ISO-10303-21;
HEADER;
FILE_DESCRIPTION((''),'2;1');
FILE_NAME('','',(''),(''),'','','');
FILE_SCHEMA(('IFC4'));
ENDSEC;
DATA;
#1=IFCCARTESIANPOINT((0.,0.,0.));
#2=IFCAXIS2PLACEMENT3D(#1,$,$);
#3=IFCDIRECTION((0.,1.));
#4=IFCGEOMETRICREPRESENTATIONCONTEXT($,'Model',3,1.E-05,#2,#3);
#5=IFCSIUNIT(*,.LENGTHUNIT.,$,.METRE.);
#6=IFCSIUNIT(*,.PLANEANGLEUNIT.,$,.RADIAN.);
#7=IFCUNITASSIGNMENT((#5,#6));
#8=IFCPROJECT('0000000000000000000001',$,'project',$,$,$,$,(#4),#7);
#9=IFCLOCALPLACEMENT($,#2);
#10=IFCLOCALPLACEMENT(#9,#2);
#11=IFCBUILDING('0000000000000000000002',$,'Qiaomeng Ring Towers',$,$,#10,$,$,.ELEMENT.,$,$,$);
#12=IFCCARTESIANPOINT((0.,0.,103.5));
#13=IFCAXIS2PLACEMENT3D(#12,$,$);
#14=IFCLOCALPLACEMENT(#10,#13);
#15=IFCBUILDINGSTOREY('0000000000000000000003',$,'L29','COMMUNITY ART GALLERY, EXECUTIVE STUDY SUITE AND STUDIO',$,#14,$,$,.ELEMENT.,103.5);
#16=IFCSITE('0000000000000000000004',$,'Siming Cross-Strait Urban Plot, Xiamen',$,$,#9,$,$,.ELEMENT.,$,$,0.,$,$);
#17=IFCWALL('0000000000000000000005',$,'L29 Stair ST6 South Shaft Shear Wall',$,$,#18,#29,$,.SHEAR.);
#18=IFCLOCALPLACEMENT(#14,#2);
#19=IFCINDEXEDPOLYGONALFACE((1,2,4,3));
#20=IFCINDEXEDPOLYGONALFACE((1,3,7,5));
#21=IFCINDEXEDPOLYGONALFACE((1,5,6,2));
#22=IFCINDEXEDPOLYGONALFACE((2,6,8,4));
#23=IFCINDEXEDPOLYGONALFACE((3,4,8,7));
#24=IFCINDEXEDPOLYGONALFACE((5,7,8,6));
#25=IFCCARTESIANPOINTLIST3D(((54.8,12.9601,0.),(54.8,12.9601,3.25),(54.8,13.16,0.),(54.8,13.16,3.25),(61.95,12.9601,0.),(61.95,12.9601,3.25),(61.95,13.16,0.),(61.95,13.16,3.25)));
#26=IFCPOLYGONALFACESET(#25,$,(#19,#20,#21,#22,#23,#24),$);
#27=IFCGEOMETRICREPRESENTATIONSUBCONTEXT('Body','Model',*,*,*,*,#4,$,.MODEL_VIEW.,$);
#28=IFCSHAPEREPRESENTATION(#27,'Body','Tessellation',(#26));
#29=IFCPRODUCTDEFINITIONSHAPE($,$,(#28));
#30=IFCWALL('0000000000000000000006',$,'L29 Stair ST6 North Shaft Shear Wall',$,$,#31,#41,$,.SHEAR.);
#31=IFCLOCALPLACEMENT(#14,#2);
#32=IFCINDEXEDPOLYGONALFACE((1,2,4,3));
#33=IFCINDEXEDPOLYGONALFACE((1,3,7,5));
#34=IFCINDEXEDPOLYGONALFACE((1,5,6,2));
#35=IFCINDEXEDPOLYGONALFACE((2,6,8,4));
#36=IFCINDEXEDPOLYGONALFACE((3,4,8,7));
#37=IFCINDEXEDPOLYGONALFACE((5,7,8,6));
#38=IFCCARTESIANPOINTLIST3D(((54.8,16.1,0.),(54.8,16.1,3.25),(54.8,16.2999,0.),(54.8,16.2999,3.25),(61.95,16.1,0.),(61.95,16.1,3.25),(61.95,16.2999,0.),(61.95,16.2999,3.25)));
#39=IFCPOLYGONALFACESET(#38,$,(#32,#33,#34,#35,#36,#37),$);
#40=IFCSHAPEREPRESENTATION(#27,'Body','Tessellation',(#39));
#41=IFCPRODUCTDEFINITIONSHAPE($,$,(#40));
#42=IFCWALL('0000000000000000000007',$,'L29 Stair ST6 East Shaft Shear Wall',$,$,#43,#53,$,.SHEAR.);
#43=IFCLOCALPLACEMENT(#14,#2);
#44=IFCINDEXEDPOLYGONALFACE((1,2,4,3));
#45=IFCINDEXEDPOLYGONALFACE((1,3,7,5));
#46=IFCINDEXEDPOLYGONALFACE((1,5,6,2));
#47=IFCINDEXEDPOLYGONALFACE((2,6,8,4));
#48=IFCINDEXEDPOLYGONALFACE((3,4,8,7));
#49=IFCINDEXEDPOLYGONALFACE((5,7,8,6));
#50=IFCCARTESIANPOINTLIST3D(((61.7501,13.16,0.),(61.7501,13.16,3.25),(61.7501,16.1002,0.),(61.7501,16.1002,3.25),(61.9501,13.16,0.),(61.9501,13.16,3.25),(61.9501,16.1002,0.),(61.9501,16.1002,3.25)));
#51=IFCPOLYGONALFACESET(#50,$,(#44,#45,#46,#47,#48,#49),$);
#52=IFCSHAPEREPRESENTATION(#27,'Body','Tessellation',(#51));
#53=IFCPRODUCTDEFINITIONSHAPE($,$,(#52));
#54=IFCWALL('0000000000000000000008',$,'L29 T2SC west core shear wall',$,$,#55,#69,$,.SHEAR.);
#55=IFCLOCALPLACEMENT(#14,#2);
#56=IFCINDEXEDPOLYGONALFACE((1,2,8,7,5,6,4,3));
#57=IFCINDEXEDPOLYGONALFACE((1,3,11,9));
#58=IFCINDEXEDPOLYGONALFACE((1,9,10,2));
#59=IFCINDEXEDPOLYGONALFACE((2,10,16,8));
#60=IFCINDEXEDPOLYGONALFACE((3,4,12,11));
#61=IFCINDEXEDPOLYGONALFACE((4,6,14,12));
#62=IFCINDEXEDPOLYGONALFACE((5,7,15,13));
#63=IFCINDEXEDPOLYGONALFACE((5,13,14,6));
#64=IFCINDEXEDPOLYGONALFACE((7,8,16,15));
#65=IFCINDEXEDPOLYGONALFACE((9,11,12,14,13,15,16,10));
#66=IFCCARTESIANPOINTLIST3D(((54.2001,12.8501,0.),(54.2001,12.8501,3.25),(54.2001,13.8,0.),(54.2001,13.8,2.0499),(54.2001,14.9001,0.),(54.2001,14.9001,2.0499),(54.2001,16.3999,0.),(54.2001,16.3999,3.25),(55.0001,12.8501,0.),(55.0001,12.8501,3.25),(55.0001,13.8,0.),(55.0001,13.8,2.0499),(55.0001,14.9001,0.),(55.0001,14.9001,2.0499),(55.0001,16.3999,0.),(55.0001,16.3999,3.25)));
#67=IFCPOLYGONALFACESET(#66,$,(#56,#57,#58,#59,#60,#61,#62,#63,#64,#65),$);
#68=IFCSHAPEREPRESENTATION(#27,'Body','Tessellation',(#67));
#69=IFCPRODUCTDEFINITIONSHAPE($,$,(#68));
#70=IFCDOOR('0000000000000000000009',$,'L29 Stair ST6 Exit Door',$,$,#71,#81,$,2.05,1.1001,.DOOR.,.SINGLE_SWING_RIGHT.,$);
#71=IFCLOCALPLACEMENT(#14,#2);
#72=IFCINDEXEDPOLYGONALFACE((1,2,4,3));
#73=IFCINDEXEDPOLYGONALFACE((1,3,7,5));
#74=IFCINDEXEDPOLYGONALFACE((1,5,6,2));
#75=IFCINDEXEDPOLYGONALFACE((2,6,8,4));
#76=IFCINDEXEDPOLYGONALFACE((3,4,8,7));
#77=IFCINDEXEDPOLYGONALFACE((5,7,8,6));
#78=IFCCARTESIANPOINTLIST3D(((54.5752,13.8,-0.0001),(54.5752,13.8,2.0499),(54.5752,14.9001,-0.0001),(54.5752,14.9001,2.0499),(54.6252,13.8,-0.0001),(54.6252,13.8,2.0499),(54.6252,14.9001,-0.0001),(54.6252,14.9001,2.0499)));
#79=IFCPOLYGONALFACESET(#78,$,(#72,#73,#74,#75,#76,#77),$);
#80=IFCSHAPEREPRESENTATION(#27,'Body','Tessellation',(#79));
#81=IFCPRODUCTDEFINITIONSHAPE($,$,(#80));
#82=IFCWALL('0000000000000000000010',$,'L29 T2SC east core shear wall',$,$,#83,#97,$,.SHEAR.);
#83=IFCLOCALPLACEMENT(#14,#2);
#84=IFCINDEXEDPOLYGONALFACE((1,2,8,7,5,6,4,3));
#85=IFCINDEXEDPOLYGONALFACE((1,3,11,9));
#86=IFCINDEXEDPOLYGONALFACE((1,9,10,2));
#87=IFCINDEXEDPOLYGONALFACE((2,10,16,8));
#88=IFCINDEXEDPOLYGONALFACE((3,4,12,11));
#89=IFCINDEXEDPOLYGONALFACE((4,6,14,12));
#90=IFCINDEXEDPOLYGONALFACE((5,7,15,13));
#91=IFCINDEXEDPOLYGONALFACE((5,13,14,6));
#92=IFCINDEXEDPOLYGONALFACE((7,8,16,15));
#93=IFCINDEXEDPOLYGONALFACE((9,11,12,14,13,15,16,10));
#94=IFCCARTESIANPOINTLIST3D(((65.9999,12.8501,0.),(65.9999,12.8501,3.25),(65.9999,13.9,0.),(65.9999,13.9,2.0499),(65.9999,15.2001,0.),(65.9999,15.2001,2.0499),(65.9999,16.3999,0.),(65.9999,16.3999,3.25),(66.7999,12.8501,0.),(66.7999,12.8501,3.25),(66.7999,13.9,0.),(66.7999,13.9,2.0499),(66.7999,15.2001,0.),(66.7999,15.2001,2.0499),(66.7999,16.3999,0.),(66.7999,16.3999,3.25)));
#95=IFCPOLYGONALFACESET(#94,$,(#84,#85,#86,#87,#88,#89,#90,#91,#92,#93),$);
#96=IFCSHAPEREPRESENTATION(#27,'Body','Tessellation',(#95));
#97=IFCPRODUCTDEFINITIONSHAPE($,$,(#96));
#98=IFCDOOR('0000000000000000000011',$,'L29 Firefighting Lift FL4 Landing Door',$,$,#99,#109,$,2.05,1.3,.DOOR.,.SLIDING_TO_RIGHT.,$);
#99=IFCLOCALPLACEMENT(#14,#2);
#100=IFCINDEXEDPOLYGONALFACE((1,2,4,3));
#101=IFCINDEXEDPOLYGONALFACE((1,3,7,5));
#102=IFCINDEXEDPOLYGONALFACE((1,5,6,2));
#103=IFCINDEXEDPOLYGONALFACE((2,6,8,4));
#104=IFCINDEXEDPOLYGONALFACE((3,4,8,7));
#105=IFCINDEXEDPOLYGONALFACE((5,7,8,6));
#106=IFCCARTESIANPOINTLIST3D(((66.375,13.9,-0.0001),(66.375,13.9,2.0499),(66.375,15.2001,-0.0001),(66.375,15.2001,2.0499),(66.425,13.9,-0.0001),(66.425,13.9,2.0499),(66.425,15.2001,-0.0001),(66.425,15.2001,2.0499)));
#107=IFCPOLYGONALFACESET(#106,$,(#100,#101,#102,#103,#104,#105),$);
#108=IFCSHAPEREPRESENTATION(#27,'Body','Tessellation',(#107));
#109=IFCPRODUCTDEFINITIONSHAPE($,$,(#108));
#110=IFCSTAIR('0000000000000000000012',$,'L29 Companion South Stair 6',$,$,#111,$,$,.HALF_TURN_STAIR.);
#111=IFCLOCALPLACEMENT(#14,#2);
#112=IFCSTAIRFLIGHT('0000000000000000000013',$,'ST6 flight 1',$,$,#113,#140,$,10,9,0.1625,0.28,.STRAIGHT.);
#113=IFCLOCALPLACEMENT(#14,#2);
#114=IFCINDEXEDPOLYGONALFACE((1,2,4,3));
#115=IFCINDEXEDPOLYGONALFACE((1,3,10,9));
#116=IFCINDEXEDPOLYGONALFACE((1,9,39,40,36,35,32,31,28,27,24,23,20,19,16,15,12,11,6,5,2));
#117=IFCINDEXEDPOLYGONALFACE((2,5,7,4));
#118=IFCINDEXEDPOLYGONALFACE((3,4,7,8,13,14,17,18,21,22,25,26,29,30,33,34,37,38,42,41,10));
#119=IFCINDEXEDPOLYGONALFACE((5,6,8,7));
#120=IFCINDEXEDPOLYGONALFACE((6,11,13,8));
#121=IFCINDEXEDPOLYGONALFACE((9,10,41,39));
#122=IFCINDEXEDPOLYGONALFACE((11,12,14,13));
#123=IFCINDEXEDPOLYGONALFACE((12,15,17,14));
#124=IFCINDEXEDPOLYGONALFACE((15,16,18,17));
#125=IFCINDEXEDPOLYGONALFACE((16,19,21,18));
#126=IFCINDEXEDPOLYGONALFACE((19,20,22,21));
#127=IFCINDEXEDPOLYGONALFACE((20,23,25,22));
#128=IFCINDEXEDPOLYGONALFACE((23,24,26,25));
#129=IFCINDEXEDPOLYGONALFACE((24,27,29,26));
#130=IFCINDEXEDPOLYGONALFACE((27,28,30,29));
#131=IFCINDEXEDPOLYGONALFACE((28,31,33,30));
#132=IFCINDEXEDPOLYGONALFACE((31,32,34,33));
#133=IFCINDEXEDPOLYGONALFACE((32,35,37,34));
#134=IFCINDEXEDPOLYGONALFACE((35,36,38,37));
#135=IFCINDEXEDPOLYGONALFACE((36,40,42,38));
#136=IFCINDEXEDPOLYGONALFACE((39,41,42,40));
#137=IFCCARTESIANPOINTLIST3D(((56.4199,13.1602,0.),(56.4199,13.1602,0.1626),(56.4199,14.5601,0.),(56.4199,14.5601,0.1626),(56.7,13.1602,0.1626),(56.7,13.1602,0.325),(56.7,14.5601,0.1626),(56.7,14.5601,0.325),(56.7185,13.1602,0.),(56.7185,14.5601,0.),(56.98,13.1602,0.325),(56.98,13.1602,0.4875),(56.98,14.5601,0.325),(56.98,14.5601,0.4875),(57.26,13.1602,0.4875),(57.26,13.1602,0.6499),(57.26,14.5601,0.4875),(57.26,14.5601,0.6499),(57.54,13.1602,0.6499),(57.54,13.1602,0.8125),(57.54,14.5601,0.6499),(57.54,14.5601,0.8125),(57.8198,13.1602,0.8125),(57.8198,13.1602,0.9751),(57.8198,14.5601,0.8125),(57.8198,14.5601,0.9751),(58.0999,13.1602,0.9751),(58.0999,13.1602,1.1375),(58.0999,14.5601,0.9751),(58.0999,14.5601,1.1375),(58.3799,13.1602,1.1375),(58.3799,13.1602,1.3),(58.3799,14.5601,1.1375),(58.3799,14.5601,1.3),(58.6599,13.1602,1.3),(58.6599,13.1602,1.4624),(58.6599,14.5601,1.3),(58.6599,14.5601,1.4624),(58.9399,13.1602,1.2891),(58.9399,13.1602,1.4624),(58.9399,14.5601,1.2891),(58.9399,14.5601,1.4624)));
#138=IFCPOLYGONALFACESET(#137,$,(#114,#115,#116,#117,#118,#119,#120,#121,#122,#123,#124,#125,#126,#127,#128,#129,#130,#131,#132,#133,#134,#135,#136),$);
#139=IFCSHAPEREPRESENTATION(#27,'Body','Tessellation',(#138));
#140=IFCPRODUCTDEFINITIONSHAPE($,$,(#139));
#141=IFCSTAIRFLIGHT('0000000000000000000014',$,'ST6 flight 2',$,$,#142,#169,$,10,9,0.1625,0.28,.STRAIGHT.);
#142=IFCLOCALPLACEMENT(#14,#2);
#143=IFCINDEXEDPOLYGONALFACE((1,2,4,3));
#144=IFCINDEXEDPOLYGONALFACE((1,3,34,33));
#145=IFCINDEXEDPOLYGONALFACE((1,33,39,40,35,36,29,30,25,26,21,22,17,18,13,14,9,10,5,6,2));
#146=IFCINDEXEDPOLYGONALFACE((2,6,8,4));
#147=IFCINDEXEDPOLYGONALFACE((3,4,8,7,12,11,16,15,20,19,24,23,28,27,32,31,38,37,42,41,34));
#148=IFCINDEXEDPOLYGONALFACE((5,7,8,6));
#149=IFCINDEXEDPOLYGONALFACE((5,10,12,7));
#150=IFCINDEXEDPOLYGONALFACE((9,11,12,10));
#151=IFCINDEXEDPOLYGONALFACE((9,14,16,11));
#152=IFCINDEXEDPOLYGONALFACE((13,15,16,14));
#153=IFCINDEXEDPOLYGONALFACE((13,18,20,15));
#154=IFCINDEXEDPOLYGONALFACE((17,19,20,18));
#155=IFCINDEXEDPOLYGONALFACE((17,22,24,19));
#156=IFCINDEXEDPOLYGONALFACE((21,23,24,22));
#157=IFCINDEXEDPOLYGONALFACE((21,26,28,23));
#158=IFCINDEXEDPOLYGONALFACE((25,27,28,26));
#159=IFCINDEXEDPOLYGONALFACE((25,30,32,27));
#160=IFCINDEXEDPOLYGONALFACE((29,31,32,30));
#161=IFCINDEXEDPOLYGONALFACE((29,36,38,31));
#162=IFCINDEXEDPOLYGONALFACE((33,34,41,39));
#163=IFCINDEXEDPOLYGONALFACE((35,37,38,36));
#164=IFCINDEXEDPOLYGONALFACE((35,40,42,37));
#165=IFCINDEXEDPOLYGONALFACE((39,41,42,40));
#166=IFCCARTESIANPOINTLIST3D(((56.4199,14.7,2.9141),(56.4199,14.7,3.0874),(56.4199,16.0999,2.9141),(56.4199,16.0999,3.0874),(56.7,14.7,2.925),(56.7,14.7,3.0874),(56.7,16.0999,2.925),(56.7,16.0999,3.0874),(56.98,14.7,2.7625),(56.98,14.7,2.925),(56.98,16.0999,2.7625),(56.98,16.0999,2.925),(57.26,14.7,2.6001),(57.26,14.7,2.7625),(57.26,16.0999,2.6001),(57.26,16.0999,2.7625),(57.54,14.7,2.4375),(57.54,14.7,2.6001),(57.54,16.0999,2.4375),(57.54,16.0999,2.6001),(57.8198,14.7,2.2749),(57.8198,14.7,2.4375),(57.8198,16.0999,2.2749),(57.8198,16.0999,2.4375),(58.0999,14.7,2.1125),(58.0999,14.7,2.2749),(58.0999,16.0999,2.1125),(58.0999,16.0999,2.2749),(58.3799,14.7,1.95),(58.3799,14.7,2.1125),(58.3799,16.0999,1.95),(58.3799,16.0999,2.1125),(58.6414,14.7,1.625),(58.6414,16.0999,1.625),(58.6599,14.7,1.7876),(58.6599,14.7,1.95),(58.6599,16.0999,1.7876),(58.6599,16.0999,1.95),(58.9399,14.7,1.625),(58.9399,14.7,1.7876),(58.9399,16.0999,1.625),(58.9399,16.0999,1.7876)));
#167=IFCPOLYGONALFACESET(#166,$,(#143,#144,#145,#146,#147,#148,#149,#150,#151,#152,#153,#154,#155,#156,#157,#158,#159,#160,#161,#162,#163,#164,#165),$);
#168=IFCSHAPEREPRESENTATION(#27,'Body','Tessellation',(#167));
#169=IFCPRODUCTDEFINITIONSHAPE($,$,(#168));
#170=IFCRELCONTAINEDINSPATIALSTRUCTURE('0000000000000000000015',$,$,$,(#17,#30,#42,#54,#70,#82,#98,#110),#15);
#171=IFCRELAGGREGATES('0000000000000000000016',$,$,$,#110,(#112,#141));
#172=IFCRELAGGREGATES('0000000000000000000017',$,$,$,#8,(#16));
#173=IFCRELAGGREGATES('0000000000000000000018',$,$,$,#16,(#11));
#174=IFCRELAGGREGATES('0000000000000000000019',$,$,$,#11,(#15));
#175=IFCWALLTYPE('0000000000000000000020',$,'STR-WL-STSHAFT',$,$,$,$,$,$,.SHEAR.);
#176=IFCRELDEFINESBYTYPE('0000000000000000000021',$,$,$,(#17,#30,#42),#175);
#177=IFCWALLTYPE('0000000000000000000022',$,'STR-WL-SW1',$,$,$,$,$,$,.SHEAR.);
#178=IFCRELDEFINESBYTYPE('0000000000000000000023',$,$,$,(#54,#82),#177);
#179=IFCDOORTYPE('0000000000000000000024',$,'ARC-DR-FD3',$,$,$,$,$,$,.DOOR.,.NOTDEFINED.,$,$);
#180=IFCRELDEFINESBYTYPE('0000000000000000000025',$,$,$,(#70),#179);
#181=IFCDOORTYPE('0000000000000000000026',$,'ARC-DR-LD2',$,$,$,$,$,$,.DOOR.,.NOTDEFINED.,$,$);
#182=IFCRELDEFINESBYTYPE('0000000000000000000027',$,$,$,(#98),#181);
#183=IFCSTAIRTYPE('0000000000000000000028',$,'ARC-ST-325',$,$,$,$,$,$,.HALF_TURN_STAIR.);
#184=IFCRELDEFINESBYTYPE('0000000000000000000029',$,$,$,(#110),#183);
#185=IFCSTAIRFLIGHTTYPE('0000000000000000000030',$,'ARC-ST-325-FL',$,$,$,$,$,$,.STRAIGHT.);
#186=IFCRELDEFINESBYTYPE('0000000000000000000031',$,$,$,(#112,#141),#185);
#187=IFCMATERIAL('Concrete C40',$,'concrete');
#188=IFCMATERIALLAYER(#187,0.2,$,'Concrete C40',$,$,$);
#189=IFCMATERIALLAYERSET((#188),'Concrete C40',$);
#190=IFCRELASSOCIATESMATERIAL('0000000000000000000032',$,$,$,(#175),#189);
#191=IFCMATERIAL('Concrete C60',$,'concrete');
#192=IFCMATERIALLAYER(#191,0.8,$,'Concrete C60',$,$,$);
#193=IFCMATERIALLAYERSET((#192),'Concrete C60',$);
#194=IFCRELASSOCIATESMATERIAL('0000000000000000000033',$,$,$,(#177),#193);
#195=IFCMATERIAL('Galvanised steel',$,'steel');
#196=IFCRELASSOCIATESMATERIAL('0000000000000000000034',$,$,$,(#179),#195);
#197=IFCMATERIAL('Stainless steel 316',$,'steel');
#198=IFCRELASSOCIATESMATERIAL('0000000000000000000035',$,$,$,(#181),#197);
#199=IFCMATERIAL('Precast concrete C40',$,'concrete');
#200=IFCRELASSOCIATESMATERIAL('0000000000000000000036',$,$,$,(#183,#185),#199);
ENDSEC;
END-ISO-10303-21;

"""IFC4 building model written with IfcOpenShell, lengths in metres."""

from ifc_helpers import new_model, si_unit, direction, frame, frame_2d, origin, place, context, subcontext, project, spatial, polyline, rectangle, outline, extrude, source, transform, mapped, material, layer, layer_set, type_object, element, fill, aggregate, save


model = new_model("IFC4")

# Units and contexts
model_context = context("Model", 3, precision=1e-05, world=origin(), true_north=direction((0.0, 1.0)))
body_context = subcontext(model_context, "Body", "Model", "MODEL_VIEW")
ifc_project = project(units=[si_unit("LENGTHUNIT", "METRE"), si_unit("PLANEANGLEUNIT", "RADIAN")], contexts=[model_context])

# Site, building, storey
site_placement = place(None, origin())
site = spatial("IfcSite", under=ifc_project, at=site_placement, Name="Siming Cross-Strait Urban Plot, Xiamen", CompositionType="ELEMENT", RefElevation=0.0)
building_placement = place(site_placement, origin())
building = spatial("IfcBuilding", under=site, at=building_placement, Name="Qiaomeng Ring Towers", CompositionType="ELEMENT")
storey_placement = place(building_placement, frame((0.0, 0.0, 103.5)))
storey = spatial("IfcBuildingStorey", under=building, at=storey_placement, Name="L29", Description="COMMUNITY ART GALLERY, EXECUTIVE STUDY SUITE AND STUDIO", CompositionType="ELEMENT", Elevation=103.5)

# Walls
ifc_material_1 = material(Name="Concrete C40", Category="concrete")
ifc_layer_1 = layer(ifc_material_1, 0.2, Name="Concrete C40")
ifc_layer_set_1 = layer_set([ifc_layer_1], Name="Concrete C40")
wall_type_1 = type_object("IfcWallType", Name="STR-WL-STSHAFT", PredefinedType="SHEAR", material=ifc_layer_set_1)
for number, where, z_axis, x_axis, name in (
    (1, (54.8, 13.0601, 0.0), (0.0, 0.0, 1.0), (1.0, 0.0, 0.0), "L29 Stair ST6 South Shaft Shear Wall"),
    (2, (54.8, 16.2, 0.0), (0.0, 0.0, 1.0), (1.0, 0.0, 0.0), "L29 Stair ST6 North Shaft Shear Wall"),
):
    element("IfcWall", number, at=place(storey_placement, frame(where, z_axis=z_axis, x_axis=x_axis)), inside=storey, type_object=wall_type_1, Name=name, PredefinedType="SHEAR", context=body_context, shape_type="SweptSolid", body=[
        extrude(rectangle(XDim=7.1499, YDim=0.2, at=frame_2d((3.575, 0.0))), origin(), (0.0, 0.0, 1.0), 3.25),
    ])
wall_1_placement = place(storey_placement, frame((61.8501, 13.1599, 0.0), z_axis=(0.0, 0.0, 1.0), x_axis=(0.0, 1.0, 0.0)))
element("IfcWall", 3, at=wall_1_placement, inside=storey, type_object=wall_type_1, Name="L29 Stair ST6 East Shaft Shear Wall", PredefinedType="SHEAR", context=body_context, shape_type="SweptSolid", body=[
    extrude(rectangle(XDim=2.9402, YDim=0.2, at=frame_2d((1.4702, 0.0))), origin(), (0.0, 0.0, 1.0), 3.25),
])

# Walls, openings, doors
ifc_material_2 = material(Name="Concrete C60", Category="concrete")
ifc_layer_2 = layer(ifc_material_2, 0.8, Name="Concrete C60")
ifc_layer_set_2 = layer_set([ifc_layer_2], Name="Concrete C60")
wall_type_2 = type_object("IfcWallType", Name="STR-WL-SW1", PredefinedType="SHEAR", material=ifc_layer_set_2)
wall_2_placement = place(storey_placement, frame((54.6001, 12.8501, 0.0), z_axis=(0.0, 0.0, 1.0), x_axis=(0.0, 1.0, 0.0)))
wall_2 = element("IfcWall", 4, at=wall_2_placement, inside=storey, type_object=wall_type_2, Name="L29 T2SC west core shear wall", PredefinedType="SHEAR", context=body_context, shape_type="SweptSolid", body=[
    extrude(rectangle(XDim=3.5498, YDim=0.8, at=frame_2d((1.7749, 0.0))), origin(), (0.0, 0.0, 1.0), 3.25),
])
opening_1_placement = place(wall_2_placement, frame((0.95, 0.0, 0.0)))
opening_1 = element("IfcOpeningElement", 5, at=opening_1_placement, cuts=wall_2, PredefinedType="OPENING", context=body_context, shape_type="SweptSolid", body=[
    extrude(rectangle(XDim=1.1001, YDim=2.05, at=frame_2d((0.55, 1.0249))), frame((0.0, 0.4099, 0.0), z_axis=(0.0, -1.0, 0.0), x_axis=(1.0, 0.0, 0.0)), (0.0, 0.0, 1.0), 0.8201),
])
ifc_material_3 = material(Name="Galvanised steel", Category="steel")
door_type_1 = type_object("IfcDoorType", Name="ARC-DR-FD3", OperationType="NOTDEFINED", PredefinedType="DOOR", material=ifc_material_3)
shared_shape_1 = source(origin(), body_context, "Body", "SweptSolid", [
    extrude(rectangle(XDim=1.1001, YDim=2.05, at=frame_2d((0.55, 1.0249))), frame((0.0, 0.0249, 0.0), z_axis=(0.0, -1.0, 0.0), x_axis=(1.0, 0.0, 0.0)), (0.0, 0.0, 1.0), 0.05),
])
door_1_placement = place(opening_1_placement, origin())
door_1 = element("IfcDoor", 6, at=door_1_placement, inside=storey, type_object=door_type_1, Name="L29 Stair ST6 Exit Door", OperationType="SINGLE_SWING_RIGHT", OverallHeight=2.05, OverallWidth=1.1001, PredefinedType="DOOR", context=body_context, shape_type="MappedRepresentation", body=[
    mapped(shared_shape_1, transform((0.0, 0.0, 0.0), x_axis=(1.0, 0.0, 0.0), y_axis=(0.0, 1.0, 0.0), z_axis=(0.0, 0.0, 1.0), scale=1.0)),
])
fill(opening_1, door_1)
wall_3_placement = place(storey_placement, frame((66.3999, 12.8501, 0.0), z_axis=(0.0, 0.0, 1.0), x_axis=(0.0, 1.0, 0.0)))
wall_3 = element("IfcWall", 7, at=wall_3_placement, inside=storey, type_object=wall_type_2, Name="L29 T2SC east core shear wall", PredefinedType="SHEAR", context=body_context, shape_type="SweptSolid", body=[
    extrude(rectangle(XDim=3.5498, YDim=0.8, at=frame_2d((1.7749, 0.0))), origin(), (0.0, 0.0, 1.0), 3.25),
])
opening_2_placement = place(wall_3_placement, frame((1.05, 0.0, 0.0)))
opening_2 = element("IfcOpeningElement", 8, at=opening_2_placement, cuts=wall_3, PredefinedType="OPENING", context=body_context, shape_type="SweptSolid", body=[
    extrude(rectangle(XDim=1.3, YDim=2.05, at=frame_2d((0.6499, 1.0249))), frame((0.0, 0.4099, 0.0), z_axis=(0.0, -1.0, 0.0), x_axis=(1.0, 0.0, 0.0)), (0.0, 0.0, 1.0), 0.8201),
])
ifc_material_4 = material(Name="Stainless steel 316", Category="steel")
door_type_2 = type_object("IfcDoorType", Name="ARC-DR-LD2", OperationType="NOTDEFINED", PredefinedType="DOOR", material=ifc_material_4)
shared_shape_2 = source(origin(), body_context, "Body", "SweptSolid", [
    extrude(rectangle(XDim=1.3, YDim=2.05, at=frame_2d((0.6499, 1.0249))), frame((0.0, 0.0249, 0.0), z_axis=(0.0, -1.0, 0.0), x_axis=(1.0, 0.0, 0.0)), (0.0, 0.0, 1.0), 0.05),
])
door_2_placement = place(opening_2_placement, origin())
door_2 = element("IfcDoor", 9, at=door_2_placement, inside=storey, type_object=door_type_2, Name="L29 Firefighting Lift FL4 Landing Door", OperationType="SLIDING_TO_RIGHT", OverallHeight=2.05, OverallWidth=1.3, PredefinedType="DOOR", context=body_context, shape_type="MappedRepresentation", body=[
    mapped(shared_shape_2, transform((0.0, 0.0, 0.0), x_axis=(1.0, 0.0, 0.0), y_axis=(0.0, 1.0, 0.0), z_axis=(0.0, 0.0, 1.0), scale=1.0)),
])
fill(opening_2, door_2)

# Stair, stair flights
ifc_material_5 = material(Name="Precast concrete C40", Category="concrete")
stair_type = type_object("IfcStairType", Name="ARC-ST-325", PredefinedType="HALF_TURN_STAIR", material=ifc_material_5)
stair_placement = place(storey_placement, origin())
stair = element("IfcStair", 10, at=stair_placement, inside=storey, type_object=stair_type, Name="L29 Companion South Stair 6", PredefinedType="HALF_TURN_STAIR")
stair_flight_type = type_object("IfcStairFlightType", Name="ARC-ST-325-FL", PredefinedType="STRAIGHT", material=ifc_material_5)
shared_shape_3 = source(origin(), body_context, "Body", "SweptSolid", [
    extrude(outline(polyline([(0.0, 0.0), (0.0, 0.1626), (0.28, 0.1626), (0.28, 0.325), (0.5601, 0.325), (0.5601, 0.4875), (0.8401, 0.4875), (0.8401, 0.6499), (1.1201, 0.6499), (1.1201, 0.8125), (1.3999, 0.8125), (1.3999, 0.9751), (1.6799, 0.9751), (1.6799, 1.1375), (1.96, 1.1375), (1.96, 1.3), (2.24, 1.3), (2.24, 1.4624), (2.52, 1.4624), (2.52, 1.625), (2.52, 1.2891), (0.2986, 0.0), (0.0, 0.0)])), frame((0.0, 0.7, 0.0), z_axis=(0.0, -1.0, 0.0), x_axis=(1.0, 0.0, 0.0)), (0.0, 0.0, 1.0), 1.3999),
])
stair_flight_1_placement = place(storey_placement, frame((56.4199, 13.8601, 0.0), z_axis=(0.0, 0.0, 1.0), x_axis=(1.0, 0.0, 0.0)))
stair_flight_1 = element("IfcStairFlight", 11, at=stair_flight_1_placement, type_object=stair_flight_type, Name="ST6 flight 1", NumberOfRisers=10, NumberOfTreads=9, PredefinedType="STRAIGHT", RiserHeight=0.1625, TreadLength=0.28, context=body_context, shape_type="MappedRepresentation", body=[
    mapped(shared_shape_3, transform((0.0, 0.0, 0.0), x_axis=(1.0, 0.0, 0.0), y_axis=(0.0, 1.0, 0.0), z_axis=(0.0, 0.0, 1.0), scale=1.0)),
])
stair_flight_2_placement = place(storey_placement, frame((58.9399, 15.3999, 1.625), z_axis=(0.0, 0.0, 1.0), x_axis=(-1.0, 0.0, 0.0)))
stair_flight_2 = element("IfcStairFlight", 12, at=stair_flight_2_placement, type_object=stair_flight_type, Name="ST6 flight 2", NumberOfRisers=10, NumberOfTreads=9, PredefinedType="STRAIGHT", RiserHeight=0.1625, TreadLength=0.28, context=body_context, shape_type="MappedRepresentation", body=[
    mapped(shared_shape_3, transform((0.0, 0.0, 0.0), x_axis=(1.0, 0.0, 0.0), y_axis=(0.0, 1.0, 0.0), z_axis=(0.0, 0.0, 1.0), scale=1.0)),
])
aggregate(stair, [stair_flight_1, stair_flight_2])

save(model, "model.ifc")
